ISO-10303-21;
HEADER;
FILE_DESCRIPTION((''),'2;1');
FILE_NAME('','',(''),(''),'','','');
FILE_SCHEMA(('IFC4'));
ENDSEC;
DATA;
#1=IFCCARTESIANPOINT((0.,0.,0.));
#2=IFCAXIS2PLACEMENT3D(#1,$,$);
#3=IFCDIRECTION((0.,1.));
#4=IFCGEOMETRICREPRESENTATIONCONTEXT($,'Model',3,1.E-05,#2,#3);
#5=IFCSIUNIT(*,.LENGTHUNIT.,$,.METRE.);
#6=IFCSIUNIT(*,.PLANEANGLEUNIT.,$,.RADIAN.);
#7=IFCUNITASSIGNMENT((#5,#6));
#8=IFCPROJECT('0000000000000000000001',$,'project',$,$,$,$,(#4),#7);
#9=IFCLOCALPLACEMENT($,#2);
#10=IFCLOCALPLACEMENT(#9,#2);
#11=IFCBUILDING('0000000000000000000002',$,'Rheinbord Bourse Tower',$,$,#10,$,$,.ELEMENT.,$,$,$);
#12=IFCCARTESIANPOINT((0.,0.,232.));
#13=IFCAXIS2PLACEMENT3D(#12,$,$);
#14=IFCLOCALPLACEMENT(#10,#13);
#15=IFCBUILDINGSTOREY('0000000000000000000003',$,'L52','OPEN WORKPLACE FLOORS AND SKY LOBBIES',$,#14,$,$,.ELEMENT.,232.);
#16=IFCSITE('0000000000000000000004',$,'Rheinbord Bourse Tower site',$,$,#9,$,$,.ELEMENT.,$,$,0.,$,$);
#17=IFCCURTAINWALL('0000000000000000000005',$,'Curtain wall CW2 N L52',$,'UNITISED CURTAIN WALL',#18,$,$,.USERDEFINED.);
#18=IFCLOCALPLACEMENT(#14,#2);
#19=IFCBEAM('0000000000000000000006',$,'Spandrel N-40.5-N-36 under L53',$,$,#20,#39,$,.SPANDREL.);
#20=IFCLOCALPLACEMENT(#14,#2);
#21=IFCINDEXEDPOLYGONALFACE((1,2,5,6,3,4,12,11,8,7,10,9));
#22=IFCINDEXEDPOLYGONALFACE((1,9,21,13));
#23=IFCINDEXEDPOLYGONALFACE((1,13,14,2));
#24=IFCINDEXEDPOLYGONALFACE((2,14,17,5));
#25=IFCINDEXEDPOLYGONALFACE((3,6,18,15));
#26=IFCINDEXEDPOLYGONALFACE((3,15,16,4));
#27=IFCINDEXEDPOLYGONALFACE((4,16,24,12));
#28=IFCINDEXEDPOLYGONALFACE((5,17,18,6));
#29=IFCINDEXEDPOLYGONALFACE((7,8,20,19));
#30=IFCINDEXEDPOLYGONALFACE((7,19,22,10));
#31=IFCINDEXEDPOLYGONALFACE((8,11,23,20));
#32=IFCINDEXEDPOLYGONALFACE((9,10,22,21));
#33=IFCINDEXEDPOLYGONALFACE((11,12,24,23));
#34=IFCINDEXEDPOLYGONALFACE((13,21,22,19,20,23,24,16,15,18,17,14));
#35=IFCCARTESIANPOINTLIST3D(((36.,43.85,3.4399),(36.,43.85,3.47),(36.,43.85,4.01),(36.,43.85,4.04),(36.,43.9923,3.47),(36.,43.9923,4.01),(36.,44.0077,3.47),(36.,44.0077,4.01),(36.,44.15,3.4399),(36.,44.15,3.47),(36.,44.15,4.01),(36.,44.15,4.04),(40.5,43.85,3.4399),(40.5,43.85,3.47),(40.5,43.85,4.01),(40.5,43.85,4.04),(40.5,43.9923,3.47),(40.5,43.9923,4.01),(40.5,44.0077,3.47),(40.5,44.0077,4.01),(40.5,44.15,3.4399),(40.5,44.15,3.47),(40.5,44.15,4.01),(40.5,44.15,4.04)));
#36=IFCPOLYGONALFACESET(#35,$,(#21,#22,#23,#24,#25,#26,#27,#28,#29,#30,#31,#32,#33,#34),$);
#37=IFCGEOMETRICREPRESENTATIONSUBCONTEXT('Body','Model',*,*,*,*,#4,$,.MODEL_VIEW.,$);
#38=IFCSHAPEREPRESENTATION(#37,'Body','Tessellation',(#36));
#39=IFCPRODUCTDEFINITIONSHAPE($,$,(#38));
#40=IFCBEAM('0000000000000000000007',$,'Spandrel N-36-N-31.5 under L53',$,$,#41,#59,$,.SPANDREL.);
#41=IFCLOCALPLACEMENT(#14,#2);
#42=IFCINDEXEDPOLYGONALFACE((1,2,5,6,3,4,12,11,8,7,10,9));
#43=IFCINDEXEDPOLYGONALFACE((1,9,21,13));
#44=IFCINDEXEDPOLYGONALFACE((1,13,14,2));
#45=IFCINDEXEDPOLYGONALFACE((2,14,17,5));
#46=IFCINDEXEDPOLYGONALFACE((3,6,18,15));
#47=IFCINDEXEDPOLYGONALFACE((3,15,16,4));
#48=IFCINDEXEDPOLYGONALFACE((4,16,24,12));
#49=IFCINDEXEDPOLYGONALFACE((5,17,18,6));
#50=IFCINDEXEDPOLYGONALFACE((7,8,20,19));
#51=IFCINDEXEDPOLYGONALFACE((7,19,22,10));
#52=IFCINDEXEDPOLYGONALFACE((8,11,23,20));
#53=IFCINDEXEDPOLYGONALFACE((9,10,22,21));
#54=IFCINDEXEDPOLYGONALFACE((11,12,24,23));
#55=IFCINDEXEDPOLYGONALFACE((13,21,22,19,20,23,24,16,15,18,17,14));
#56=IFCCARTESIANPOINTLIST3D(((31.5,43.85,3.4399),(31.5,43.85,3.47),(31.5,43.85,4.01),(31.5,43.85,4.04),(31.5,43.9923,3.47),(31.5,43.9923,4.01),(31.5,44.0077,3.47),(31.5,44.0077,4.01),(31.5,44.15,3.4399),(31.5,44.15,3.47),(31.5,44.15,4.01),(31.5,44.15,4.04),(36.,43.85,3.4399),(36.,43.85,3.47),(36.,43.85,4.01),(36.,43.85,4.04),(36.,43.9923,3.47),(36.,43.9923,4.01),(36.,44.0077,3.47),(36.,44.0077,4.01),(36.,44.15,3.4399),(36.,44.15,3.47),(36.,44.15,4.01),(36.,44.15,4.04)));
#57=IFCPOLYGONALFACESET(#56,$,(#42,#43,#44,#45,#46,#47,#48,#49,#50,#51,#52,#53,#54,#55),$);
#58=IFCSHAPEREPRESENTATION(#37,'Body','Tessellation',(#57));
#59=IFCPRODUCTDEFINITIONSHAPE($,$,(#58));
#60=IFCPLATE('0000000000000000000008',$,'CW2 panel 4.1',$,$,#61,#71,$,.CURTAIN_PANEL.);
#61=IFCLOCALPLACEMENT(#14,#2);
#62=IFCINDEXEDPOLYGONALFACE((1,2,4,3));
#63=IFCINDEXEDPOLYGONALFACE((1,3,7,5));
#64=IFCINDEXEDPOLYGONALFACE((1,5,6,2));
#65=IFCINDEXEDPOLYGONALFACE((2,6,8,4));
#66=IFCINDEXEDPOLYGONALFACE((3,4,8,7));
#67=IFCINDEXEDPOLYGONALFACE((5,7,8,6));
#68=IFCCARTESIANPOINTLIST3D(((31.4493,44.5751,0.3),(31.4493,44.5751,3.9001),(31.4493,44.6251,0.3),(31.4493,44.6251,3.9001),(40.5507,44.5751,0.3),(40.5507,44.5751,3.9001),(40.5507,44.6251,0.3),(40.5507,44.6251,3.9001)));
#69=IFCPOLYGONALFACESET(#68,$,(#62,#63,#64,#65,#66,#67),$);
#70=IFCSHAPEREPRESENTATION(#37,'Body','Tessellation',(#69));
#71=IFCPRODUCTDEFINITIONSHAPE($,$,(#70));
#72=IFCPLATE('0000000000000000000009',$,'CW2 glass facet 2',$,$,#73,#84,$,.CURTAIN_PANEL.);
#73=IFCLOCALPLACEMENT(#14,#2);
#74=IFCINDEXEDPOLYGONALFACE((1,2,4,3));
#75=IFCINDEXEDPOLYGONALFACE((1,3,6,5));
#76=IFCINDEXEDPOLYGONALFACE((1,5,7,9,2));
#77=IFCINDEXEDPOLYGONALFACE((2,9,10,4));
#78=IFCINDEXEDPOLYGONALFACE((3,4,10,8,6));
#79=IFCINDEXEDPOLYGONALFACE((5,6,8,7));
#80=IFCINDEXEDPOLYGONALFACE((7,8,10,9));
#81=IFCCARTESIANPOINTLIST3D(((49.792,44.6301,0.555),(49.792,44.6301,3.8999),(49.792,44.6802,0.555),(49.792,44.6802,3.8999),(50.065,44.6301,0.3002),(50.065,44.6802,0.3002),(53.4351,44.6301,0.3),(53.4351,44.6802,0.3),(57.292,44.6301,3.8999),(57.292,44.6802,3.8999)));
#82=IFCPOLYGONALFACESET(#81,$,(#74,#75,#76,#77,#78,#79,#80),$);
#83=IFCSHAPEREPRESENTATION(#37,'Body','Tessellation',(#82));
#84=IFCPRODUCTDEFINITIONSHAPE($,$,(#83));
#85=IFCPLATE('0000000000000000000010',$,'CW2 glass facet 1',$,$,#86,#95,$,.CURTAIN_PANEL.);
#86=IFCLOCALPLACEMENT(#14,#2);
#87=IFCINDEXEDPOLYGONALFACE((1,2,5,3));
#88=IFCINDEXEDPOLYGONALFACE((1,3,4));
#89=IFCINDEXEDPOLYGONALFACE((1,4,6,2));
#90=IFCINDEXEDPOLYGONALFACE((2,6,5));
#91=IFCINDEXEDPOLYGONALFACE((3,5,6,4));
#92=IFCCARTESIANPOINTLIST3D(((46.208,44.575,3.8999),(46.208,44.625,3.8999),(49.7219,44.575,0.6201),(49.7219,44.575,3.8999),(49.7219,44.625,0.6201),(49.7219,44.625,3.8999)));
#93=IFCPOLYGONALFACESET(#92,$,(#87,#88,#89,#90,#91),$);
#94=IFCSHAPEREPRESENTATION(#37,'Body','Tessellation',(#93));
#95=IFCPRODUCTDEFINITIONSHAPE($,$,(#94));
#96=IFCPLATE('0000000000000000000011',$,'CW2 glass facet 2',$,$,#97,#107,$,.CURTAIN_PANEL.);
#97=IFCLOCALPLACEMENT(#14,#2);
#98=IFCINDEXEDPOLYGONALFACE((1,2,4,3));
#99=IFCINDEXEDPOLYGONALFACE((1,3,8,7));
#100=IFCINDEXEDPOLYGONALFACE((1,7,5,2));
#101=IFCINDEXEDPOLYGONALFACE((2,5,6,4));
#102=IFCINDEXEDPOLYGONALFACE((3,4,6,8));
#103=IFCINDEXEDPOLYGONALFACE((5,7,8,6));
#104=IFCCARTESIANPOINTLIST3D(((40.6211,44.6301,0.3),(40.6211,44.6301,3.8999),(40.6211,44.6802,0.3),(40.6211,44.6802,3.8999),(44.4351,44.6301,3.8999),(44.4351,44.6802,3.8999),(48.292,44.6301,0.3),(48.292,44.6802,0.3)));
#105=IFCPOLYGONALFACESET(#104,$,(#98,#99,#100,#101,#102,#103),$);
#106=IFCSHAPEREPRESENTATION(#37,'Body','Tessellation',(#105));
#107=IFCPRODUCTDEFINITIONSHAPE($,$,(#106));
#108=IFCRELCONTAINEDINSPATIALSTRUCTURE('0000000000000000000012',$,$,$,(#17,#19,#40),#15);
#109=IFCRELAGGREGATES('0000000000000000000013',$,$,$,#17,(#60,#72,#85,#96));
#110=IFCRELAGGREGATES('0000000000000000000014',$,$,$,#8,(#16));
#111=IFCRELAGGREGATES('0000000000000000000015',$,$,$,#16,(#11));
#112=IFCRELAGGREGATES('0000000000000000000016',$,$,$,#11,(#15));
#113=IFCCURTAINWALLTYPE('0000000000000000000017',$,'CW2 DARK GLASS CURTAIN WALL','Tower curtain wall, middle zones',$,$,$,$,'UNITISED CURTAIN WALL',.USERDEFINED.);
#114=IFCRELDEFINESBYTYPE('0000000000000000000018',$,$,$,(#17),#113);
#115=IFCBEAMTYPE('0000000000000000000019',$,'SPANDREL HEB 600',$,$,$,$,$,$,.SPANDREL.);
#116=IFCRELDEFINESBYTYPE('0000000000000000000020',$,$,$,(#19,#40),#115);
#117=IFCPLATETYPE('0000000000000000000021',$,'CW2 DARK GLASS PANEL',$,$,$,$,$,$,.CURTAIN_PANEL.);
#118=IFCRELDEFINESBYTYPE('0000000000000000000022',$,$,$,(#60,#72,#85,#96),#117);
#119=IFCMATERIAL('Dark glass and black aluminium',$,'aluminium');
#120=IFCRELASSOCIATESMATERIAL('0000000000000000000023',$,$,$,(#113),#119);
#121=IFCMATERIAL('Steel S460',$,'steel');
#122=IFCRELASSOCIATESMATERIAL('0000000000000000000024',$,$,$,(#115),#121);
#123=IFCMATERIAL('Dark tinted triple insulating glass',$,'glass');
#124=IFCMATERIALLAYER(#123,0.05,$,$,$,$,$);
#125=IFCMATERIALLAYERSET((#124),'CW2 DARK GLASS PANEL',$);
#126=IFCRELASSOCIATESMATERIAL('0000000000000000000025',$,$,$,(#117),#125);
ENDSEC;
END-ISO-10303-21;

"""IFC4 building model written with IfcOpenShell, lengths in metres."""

from ifc_helpers import new_model, si_unit, direction, frame, origin, origin_2d, place, context, subcontext, project, spatial, polyline, rectangle, i_section, outline, extrude, material, layer, layer_set, material_profile, profile_set, type_object, element, aggregate, save


model = new_model("IFC4")

# Units and contexts
model_context = context("Model", 3, precision=1e-05, world=origin(), true_north=direction((0.0, 1.0)))
body_context = subcontext(model_context, "Body", "Model", "MODEL_VIEW")
ifc_project = project(units=[si_unit("LENGTHUNIT", "METRE"), si_unit("PLANEANGLEUNIT", "RADIAN")], contexts=[model_context])

# Site, building, storey
site_placement = place(None, origin())
site = spatial("IfcSite", under=ifc_project, at=site_placement, Name="Rheinbord Bourse Tower site", CompositionType="ELEMENT", RefElevation=0.0)
building_placement = place(site_placement, origin())
building = spatial("IfcBuilding", under=site, at=building_placement, Name="Rheinbord Bourse Tower", CompositionType="ELEMENT")
storey_placement = place(building_placement, frame((0.0, 0.0, 232.0)))
storey = spatial("IfcBuildingStorey", under=building, at=storey_placement, Name="L52", Description="OPEN WORKPLACE FLOORS AND SKY LOBBIES", CompositionType="ELEMENT", Elevation=232.0)

# Curtain wall
ifc_material_1 = material(Name="Dark glass and black aluminium", Category="aluminium")
curtain_wall_type = type_object("IfcCurtainWallType", Name="CW2 DARK GLASS CURTAIN WALL", Description="Tower curtain wall, middle zones", ElementType="UNITISED CURTAIN WALL", PredefinedType="USERDEFINED", material=ifc_material_1)
curtain_wall_placement = place(storey_placement, origin())
curtain_wall = element("IfcCurtainWall", 1, at=curtain_wall_placement, inside=storey, type_object=curtain_wall_type, Name="Curtain wall CW2 N L52", ObjectType="UNITISED CURTAIN WALL", PredefinedType="USERDEFINED")

# Beams
ifc_material_2 = material(Name="Steel S460", Category="steel")
ifc_material_profile_1 = material_profile(ifc_material_2, i_section(OverallWidth=0.3, OverallDepth=0.6001, WebThickness=0.0154, FlangeThickness=0.03, at=origin_2d()), Name="HEB 600")
ifc_profile_set_1 = profile_set([ifc_material_profile_1], Name="Steel S460")
beam_type_1 = type_object("IfcBeamType", Name="SPANDREL HEB 600", PredefinedType="SPANDREL", material=ifc_profile_set_1)
for number, where, z_axis, x_axis, name in (
    (2, (40.5, 44.0, 3.74), (-1.0, 0.0, 0.0), (0.0, -1.0, 0.0), "Spandrel N-40.5-N-36 under L53"),
    (3, (36.0, 44.0, 3.74), (-1.0, 0.0, 0.0), (0.0, -1.0, 0.0), "Spandrel N-36-N-31.5 under L53"),
):
    element("IfcBeam", number, at=place(storey_placement, frame(where, z_axis=z_axis, x_axis=x_axis)), inside=storey, type_object=beam_type_1, Name=name, PredefinedType="SPANDREL", context=body_context, shape_type="SweptSolid", body=[
        extrude(i_section(OverallWidth=0.3, OverallDepth=0.6001, WebThickness=0.0154, FlangeThickness=0.03, at=origin_2d()), origin(), (0.0, 0.0, 1.0), 4.5),
    ])

# Plates
ifc_material_3 = material(Name="Dark tinted triple insulating glass", Category="glass")
ifc_layer = layer(ifc_material_3, 0.05)
ifc_layer_set = layer_set([ifc_layer], Name="CW2 DARK GLASS PANEL")
plate_type = type_object("IfcPlateType", Name="CW2 DARK GLASS PANEL", PredefinedType="CURTAIN_PANEL", material=ifc_layer_set)
plate_1_placement = place(storey_placement, frame((36.0, 44.6001, 0.3), z_axis=(0.0, 0.0, 1.0), x_axis=(-1.0, 0.0, 0.0)))
plate_1 = element("IfcPlate", 4, at=plate_1_placement, type_object=plate_type, Name="CW2 panel 4.1", PredefinedType="CURTAIN_PANEL", context=body_context, shape_type="SweptSolid", body=[
    extrude(rectangle(XDim=9.1013, YDim=0.05, at=origin_2d()), origin(), (0.0, 0.0, 1.0), 3.6001),
])
plate_2_placement = place(storey_placement, frame((53.4351, 44.6802, 0.3), z_axis=(0.0, -1.0, 0.0), x_axis=(0.731051, 0.0, 0.682323)))
plate_2 = element("IfcPlate", 5, at=plate_2_placement, type_object=plate_type, Name="CW2 glass facet 2", PredefinedType="CURTAIN_PANEL", context=body_context, shape_type="SweptSolid", body=[
    extrude(outline(polyline([(0.0, 0.0), (5.2759, 0.0), (-0.207, 5.1174), (-2.4893, 2.6721), (-2.4636, 2.2996), (0.0, 0.0)])), origin(), (0.0, 0.0, 1.0), 0.05),
])
plate_3_placement = place(storey_placement, frame((49.7219, 44.625, 3.8999), z_axis=(0.0, -1.0, 0.0), x_axis=(-1.0, 0.0, 0.0)))
plate_3 = element("IfcPlate", 6, at=plate_3_placement, type_object=plate_type, Name="CW2 glass facet 1", PredefinedType="CURTAIN_PANEL", context=body_context, shape_type="SweptSolid", body=[
    extrude(outline(polyline([(0.0, 0.0), (3.5139, 0.0), (0.0, 3.2798), (0.0, 0.0)])), origin(), (0.0, 0.0, 1.0), 0.05),
])
plate_4_placement = place(storey_placement, frame((40.6211, 44.6802, 3.8999), z_axis=(0.0, -1.0, 0.0), x_axis=(0.0, 0.0, -1.0)))
plate_4 = element("IfcPlate", 7, at=plate_4_placement, type_object=plate_type, Name="CW2 glass facet 2", PredefinedType="CURTAIN_PANEL", context=body_context, shape_type="SweptSolid", body=[
    extrude(outline(polyline([(0.0, 0.0), (3.5999, 0.0), (3.5999, 7.6709), (0.0, 3.814), (0.0, 0.0)])), origin(), (0.0, 0.0, 1.0), 0.05),
])
aggregate(curtain_wall, [plate_1, plate_2, plate_3, plate_4])

save(model, "model.ifc")
